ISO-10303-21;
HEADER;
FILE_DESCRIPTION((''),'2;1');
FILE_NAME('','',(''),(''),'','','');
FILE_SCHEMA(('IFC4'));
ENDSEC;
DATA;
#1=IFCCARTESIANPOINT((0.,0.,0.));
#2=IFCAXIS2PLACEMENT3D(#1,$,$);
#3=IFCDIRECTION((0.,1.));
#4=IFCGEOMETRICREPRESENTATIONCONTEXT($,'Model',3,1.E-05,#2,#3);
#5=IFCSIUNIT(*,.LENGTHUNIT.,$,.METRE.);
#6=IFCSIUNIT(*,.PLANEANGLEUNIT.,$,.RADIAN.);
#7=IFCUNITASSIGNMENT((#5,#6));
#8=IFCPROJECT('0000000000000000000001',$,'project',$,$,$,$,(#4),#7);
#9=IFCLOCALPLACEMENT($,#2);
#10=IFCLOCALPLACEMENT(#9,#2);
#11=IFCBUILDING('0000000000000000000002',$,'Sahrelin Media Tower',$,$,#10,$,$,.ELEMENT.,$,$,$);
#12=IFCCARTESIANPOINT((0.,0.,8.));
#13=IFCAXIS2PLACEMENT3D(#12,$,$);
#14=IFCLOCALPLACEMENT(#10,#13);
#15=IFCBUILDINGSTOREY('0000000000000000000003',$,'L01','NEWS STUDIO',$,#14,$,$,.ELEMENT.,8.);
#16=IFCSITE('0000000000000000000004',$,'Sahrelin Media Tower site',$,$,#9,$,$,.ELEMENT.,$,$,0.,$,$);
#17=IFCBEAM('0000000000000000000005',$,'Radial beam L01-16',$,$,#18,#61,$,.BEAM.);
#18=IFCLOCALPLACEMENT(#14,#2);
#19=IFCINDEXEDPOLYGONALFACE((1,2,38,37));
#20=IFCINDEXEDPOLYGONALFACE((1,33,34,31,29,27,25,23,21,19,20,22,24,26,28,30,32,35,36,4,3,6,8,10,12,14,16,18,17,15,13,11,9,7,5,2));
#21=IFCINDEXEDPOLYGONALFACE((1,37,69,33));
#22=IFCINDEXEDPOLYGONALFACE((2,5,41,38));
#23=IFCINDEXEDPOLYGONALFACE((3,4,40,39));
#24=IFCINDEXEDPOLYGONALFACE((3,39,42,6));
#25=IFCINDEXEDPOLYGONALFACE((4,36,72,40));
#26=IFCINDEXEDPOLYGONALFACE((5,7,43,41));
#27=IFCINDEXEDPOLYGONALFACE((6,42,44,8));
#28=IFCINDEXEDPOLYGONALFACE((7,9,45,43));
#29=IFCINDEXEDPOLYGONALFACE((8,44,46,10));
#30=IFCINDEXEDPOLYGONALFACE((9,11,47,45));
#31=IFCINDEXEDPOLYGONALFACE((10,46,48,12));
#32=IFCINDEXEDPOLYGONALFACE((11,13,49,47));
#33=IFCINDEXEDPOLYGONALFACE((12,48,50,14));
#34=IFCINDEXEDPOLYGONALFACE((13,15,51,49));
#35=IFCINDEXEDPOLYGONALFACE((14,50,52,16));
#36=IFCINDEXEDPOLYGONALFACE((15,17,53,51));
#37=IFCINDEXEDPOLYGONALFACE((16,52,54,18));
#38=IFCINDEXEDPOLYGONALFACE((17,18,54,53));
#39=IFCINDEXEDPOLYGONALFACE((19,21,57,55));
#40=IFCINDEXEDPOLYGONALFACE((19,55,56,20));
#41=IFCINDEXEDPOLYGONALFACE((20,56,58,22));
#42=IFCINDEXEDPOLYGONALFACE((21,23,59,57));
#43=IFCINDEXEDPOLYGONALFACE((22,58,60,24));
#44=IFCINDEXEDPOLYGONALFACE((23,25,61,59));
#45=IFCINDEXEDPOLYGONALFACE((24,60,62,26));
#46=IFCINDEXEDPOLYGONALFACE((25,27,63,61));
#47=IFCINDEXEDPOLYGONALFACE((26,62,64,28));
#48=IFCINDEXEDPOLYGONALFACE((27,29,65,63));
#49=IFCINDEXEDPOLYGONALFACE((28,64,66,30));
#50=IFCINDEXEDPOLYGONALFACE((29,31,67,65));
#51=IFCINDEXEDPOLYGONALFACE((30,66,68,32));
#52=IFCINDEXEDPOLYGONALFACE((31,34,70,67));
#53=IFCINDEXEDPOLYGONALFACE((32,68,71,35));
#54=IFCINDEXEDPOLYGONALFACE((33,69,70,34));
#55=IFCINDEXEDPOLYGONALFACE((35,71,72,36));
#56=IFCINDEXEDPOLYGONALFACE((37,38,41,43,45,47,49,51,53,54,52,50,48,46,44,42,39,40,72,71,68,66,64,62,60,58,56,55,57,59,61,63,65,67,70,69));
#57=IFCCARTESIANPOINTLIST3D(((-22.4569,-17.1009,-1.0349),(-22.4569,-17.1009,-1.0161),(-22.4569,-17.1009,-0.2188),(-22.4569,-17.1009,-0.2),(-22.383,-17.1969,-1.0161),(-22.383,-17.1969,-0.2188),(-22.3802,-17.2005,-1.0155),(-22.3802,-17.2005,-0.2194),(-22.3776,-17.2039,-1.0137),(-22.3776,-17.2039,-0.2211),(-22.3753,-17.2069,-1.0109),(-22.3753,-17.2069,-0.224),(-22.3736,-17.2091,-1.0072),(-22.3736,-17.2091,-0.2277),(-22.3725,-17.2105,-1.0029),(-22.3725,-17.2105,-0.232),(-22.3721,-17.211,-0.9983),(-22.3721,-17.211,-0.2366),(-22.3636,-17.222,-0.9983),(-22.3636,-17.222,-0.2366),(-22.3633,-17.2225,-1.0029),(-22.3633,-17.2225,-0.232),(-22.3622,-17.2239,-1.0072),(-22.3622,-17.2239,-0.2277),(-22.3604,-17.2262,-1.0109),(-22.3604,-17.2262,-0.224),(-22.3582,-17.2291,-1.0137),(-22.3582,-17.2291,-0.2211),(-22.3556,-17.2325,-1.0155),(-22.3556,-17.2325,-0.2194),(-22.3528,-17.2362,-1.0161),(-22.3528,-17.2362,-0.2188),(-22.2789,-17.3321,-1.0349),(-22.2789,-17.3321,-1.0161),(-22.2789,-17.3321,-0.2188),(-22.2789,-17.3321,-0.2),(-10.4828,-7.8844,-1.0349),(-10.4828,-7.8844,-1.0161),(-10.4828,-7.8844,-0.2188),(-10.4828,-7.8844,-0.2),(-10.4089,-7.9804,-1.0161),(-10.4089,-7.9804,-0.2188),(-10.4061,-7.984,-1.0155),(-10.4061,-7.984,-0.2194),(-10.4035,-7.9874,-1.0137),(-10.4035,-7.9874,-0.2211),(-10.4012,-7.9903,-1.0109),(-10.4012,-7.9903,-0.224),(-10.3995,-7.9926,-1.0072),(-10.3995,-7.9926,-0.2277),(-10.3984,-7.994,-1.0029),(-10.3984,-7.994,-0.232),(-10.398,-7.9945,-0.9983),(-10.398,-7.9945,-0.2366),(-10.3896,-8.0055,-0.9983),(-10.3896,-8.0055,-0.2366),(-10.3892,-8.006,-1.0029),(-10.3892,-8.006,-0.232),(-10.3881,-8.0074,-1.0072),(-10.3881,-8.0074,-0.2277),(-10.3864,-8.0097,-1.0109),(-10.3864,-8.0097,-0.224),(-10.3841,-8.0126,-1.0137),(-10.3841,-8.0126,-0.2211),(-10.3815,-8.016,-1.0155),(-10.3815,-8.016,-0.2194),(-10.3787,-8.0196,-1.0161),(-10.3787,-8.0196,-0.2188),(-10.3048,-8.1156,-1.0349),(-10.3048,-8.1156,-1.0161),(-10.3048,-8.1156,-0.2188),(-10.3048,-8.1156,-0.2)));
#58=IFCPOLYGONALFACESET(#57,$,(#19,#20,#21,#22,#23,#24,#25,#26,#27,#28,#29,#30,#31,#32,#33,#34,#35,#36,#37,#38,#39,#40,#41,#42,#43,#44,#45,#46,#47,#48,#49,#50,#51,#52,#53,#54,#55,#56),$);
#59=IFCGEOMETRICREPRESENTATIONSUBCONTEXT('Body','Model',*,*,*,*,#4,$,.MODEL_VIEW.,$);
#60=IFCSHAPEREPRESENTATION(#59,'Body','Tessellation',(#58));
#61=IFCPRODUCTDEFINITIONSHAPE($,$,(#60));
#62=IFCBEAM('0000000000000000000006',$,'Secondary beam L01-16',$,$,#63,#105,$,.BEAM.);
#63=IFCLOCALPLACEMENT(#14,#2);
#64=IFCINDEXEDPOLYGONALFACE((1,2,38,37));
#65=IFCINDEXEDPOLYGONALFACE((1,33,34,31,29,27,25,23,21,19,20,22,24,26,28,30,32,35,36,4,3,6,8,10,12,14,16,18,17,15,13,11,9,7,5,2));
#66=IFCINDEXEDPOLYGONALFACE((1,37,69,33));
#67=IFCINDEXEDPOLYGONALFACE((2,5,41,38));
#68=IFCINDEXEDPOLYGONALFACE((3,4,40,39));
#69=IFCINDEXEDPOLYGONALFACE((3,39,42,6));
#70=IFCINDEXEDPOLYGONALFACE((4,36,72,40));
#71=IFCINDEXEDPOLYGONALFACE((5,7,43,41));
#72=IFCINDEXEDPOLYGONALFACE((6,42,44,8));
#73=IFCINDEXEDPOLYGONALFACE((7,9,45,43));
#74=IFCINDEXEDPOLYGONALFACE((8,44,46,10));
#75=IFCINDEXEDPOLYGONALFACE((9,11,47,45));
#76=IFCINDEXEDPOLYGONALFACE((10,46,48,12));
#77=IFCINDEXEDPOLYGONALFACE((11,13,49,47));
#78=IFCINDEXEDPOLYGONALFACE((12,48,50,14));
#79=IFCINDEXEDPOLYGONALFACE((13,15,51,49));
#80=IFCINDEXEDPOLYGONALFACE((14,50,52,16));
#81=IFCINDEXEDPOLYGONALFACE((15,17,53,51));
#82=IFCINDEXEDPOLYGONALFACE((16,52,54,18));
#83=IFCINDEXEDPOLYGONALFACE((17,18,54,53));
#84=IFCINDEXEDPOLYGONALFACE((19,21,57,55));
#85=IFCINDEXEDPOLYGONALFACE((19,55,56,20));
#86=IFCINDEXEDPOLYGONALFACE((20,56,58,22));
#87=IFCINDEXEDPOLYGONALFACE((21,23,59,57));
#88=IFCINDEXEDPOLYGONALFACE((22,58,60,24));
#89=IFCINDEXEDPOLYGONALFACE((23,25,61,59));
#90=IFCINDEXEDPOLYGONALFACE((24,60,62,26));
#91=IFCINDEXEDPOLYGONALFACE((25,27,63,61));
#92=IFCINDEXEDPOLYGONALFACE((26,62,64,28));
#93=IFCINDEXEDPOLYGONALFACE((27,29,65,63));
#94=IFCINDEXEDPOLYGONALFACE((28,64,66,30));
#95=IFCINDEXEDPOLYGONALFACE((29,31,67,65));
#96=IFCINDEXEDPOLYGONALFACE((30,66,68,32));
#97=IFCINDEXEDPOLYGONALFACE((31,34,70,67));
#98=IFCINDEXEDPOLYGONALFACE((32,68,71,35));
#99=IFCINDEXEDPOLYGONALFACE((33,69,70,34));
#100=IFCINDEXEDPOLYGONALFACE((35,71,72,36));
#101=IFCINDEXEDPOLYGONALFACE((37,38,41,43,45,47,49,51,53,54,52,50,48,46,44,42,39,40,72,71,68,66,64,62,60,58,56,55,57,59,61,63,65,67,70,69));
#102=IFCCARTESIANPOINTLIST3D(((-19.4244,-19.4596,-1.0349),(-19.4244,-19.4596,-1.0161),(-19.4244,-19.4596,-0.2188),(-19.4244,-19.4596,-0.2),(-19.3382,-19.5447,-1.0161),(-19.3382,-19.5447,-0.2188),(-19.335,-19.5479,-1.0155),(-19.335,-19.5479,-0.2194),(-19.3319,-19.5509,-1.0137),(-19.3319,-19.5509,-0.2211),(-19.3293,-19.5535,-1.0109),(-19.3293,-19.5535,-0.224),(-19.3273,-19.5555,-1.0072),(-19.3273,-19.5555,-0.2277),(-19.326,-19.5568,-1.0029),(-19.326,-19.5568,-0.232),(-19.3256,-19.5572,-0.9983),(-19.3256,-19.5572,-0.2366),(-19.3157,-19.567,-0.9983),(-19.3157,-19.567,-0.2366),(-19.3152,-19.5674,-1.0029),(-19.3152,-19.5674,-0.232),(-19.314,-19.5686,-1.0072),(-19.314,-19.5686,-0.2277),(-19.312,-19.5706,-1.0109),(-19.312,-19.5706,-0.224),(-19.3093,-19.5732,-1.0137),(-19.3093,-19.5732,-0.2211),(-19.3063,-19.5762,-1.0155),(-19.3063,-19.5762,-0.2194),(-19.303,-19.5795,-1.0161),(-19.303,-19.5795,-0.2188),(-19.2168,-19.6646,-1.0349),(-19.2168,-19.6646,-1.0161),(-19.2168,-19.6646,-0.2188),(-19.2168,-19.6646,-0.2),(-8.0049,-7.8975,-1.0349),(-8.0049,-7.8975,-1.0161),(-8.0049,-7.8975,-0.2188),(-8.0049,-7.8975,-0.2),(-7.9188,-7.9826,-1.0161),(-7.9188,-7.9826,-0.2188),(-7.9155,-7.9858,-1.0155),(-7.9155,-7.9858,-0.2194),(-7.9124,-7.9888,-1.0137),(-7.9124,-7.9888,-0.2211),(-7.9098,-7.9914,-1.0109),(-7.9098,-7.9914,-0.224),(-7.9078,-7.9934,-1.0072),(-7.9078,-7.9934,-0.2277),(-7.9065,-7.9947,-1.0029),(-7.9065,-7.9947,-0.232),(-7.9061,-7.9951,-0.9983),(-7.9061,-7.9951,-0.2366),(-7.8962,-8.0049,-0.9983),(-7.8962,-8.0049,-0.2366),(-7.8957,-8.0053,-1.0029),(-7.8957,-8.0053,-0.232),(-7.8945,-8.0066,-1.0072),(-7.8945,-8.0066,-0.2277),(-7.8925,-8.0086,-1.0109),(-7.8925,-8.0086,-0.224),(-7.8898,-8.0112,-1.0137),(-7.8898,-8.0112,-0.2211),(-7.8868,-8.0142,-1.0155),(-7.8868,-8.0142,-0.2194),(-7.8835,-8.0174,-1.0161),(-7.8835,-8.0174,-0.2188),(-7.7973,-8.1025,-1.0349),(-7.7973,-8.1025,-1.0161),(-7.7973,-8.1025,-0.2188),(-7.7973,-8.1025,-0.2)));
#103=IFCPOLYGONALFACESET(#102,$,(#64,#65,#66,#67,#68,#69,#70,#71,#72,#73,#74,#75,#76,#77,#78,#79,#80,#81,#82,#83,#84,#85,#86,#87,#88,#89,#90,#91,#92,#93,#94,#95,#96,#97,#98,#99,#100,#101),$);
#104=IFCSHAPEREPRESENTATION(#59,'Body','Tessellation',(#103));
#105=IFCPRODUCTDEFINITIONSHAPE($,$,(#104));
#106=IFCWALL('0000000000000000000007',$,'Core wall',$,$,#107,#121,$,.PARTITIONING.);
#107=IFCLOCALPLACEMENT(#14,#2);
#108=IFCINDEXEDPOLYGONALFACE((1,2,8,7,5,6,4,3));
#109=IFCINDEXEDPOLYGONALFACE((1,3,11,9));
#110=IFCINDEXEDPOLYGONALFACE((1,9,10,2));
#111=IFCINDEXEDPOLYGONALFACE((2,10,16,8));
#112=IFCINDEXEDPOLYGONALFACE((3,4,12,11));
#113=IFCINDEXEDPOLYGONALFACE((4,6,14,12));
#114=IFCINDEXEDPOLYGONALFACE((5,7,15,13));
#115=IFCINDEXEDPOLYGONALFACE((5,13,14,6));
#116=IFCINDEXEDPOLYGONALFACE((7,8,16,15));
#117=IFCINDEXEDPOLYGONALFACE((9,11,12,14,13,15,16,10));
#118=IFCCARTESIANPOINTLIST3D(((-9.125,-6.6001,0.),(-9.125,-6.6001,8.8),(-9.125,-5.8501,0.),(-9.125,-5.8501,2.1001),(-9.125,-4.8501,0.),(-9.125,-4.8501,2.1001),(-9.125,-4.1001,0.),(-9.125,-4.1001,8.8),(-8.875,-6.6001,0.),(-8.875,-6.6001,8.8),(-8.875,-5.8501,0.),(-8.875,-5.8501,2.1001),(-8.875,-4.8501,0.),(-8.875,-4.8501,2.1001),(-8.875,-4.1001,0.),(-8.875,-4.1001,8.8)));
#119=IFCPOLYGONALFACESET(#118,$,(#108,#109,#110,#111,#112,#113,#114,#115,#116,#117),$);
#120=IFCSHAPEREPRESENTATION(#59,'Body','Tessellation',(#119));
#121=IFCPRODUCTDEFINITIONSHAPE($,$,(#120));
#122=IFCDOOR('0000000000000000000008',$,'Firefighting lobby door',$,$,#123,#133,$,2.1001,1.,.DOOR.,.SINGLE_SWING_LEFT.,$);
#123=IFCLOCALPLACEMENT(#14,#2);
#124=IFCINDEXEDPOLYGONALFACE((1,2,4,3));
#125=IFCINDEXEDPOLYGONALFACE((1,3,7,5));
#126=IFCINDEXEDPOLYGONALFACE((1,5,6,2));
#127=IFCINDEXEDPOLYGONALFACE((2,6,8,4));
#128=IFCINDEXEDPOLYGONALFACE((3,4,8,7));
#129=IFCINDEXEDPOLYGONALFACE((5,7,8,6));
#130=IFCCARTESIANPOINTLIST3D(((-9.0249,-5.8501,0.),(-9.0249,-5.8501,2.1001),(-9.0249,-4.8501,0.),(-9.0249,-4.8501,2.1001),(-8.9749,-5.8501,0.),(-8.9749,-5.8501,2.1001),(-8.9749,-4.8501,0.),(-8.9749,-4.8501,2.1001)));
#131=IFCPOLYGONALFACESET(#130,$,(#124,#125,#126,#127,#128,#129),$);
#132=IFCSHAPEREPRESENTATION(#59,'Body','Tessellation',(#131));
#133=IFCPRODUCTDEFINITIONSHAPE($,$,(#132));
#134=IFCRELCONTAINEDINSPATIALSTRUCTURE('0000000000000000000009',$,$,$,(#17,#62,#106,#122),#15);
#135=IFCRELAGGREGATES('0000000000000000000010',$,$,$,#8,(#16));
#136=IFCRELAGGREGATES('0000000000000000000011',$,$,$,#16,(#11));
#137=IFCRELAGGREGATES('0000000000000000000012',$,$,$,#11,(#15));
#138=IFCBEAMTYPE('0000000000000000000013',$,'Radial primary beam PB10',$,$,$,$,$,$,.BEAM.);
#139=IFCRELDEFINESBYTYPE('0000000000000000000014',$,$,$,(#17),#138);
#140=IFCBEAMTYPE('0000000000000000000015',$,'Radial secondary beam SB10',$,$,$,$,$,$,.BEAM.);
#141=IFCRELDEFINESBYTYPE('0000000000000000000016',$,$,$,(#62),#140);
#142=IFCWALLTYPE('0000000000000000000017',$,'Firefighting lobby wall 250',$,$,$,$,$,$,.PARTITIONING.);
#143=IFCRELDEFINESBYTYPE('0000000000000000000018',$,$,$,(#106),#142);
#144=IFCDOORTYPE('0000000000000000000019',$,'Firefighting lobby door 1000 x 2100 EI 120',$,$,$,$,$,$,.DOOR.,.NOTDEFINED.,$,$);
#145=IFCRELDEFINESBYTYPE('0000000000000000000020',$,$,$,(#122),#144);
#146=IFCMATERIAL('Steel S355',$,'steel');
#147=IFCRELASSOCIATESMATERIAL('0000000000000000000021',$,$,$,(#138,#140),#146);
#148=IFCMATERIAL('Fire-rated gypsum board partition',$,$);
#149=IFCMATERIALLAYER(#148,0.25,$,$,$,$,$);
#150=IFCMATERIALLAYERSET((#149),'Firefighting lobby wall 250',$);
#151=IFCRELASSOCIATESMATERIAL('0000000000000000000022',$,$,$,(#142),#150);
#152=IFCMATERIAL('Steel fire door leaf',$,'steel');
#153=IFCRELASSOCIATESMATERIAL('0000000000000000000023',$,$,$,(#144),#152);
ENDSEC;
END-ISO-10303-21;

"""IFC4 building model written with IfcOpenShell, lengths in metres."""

from ifc_helpers import new_model, si_unit, direction, frame, frame_2d, origin, origin_2d, place, context, subcontext, project, spatial, rectangle, i_section, extrude, material, layer, layer_set, material_profile, profile_set, type_object, element, fill, save


model = new_model("IFC4")

# Units and contexts
model_context = context("Model", 3, precision=1e-05, world=origin(), true_north=direction((0.0, 1.0)))
body_context = subcontext(model_context, "Body", "Model", "MODEL_VIEW")
ifc_project = project(units=[si_unit("LENGTHUNIT", "METRE"), si_unit("PLANEANGLEUNIT", "RADIAN")], contexts=[model_context])

# Site, building, storey
site_placement = place(None, origin())
site = spatial("IfcSite", under=ifc_project, at=site_placement, Name="Sahrelin Media Tower site", CompositionType="ELEMENT", RefElevation=0.0)
building_placement = place(site_placement, origin())
building = spatial("IfcBuilding", under=site, at=building_placement, Name="Sahrelin Media Tower", CompositionType="ELEMENT")
storey_placement = place(building_placement, frame((0.0, 0.0, 8.0)))
storey = spatial("IfcBuildingStorey", under=building, at=storey_placement, Name="L01", Description="NEWS STUDIO", CompositionType="ELEMENT", Elevation=8.0)

# Beams
ifc_material_1 = material(Name="Steel S355", Category="steel")
ifc_material_profile_1 = material_profile(ifc_material_1, i_section(OverallWidth=0.2917, OverallDepth=0.835, WebThickness=0.0139, FlangeThickness=0.0188, FilletRadius=0.0178, at=origin_2d()), Name="UB 838x292x176")
ifc_profile_set_1 = profile_set([ifc_material_profile_1], Name="Steel S355")
beam_type_1 = type_object("IfcBeamType", Name="Radial primary beam PB10", PredefinedType="BEAM", material=ifc_profile_set_1)
beam_1_placement = place(storey_placement, frame((-10.3938, -8.0, -0.6174), z_axis=(-0.792442, -0.609947, 0.0), x_axis=(0.609947, -0.792442, 0.0)))
element("IfcBeam", 1, at=beam_1_placement, inside=storey, type_object=beam_type_1, Name="Radial beam L01-16", PredefinedType="BEAM", context=body_context, shape_type="SweptSolid", body=[
    extrude(i_section(OverallWidth=0.2917, OverallDepth=0.835, WebThickness=0.0139, FlangeThickness=0.0188, FilletRadius=0.0178, at=origin_2d()), origin(), (0.0, 0.0, 1.0), 15.1104),
])
ifc_material_profile_2 = material_profile(ifc_material_1, i_section(OverallWidth=0.2917, OverallDepth=0.835, WebThickness=0.0139, FlangeThickness=0.0188, FilletRadius=0.0178, at=origin_2d()), Name="UB 838x292x176")
ifc_profile_set_2 = profile_set([ifc_material_profile_2], Name="Steel S355")
beam_type_2 = type_object("IfcBeamType", Name="Radial secondary beam SB10", PredefinedType="BEAM", material=ifc_profile_set_2)
beam_2_placement = place(storey_placement, frame((-7.9011, -8.0, -0.6174), z_axis=(-0.702706, -0.71148, 0.0), x_axis=(0.71148, -0.702706, 0.0)))
element("IfcBeam", 2, at=beam_2_placement, inside=storey, type_object=beam_type_2, Name="Secondary beam L01-16", PredefinedType="BEAM", context=body_context, shape_type="SweptSolid", body=[
    extrude(i_section(OverallWidth=0.2917, OverallDepth=0.835, WebThickness=0.0139, FlangeThickness=0.0188, FilletRadius=0.0178, at=origin_2d()), origin(), (0.0, 0.0, 1.0), 16.2507),
])

# Wall, opening, door
ifc_material_2 = material(Name="Fire-rated gypsum board partition")
ifc_layer_1 = layer(ifc_material_2, 0.25)
ifc_layer_set_1 = layer_set([ifc_layer_1], Name="Firefighting lobby wall 250")
wall_type_1 = type_object("IfcWallType", Name="Firefighting lobby wall 250", PredefinedType="PARTITIONING", material=ifc_layer_set_1)
wall_1_placement = place(storey_placement, frame((-9.0, -6.6001, 0.0), z_axis=(0.0, 0.0, 1.0), x_axis=(0.0, 1.0, 0.0)))
wall_1 = element("IfcWall", 3, at=wall_1_placement, inside=storey, type_object=wall_type_1, Name="Core wall", PredefinedType="PARTITIONING", context=body_context, shape_type="SweptSolid", body=[
    extrude(rectangle(XDim=2.5, YDim=0.25, at=frame_2d((1.25, 0.0))), origin(), (0.0, 0.0, 1.0), 8.8),
])
opening_1_placement = place(wall_1_placement, frame((0.75, 0.0, 0.0)))
opening_1 = element("IfcOpeningElement", 4, at=opening_1_placement, cuts=wall_1, PredefinedType="OPENING", context=body_context, shape_type="SweptSolid", body=[
    extrude(rectangle(XDim=1.0, YDim=2.1001, at=frame_2d((0.5, 1.05))), frame((0.0, 0.125, 0.0), z_axis=(0.0, -1.0, 0.0), x_axis=(1.0, 0.0, 0.0)), (0.0, 0.0, 1.0), 0.25),
])
ifc_material_3 = material(Name="Steel fire door leaf", Category="steel")
door_type_1 = type_object("IfcDoorType", Name="Firefighting lobby door 1000 x 2100 EI 120", OperationType="NOTDEFINED", PredefinedType="DOOR", material=ifc_material_3)
door_1_placement = place(opening_1_placement, origin())
door_1 = element("IfcDoor", 5, at=door_1_placement, inside=storey, type_object=door_type_1, Name="Firefighting lobby door", OperationType="SINGLE_SWING_LEFT", OverallHeight=2.1001, OverallWidth=1.0, PredefinedType="DOOR", context=body_context, shape_type="SweptSolid", body=[
    extrude(rectangle(XDim=1.0, YDim=2.1001, at=frame_2d((0.5, 1.05))), frame((0.0, 0.0249, 0.0), z_axis=(0.0, -1.0, 0.0), x_axis=(1.0, 0.0, 0.0)), (0.0, 0.0, 1.0), 0.05),
])
fill(opening_1, door_1)

save(model, "model.ifc")
